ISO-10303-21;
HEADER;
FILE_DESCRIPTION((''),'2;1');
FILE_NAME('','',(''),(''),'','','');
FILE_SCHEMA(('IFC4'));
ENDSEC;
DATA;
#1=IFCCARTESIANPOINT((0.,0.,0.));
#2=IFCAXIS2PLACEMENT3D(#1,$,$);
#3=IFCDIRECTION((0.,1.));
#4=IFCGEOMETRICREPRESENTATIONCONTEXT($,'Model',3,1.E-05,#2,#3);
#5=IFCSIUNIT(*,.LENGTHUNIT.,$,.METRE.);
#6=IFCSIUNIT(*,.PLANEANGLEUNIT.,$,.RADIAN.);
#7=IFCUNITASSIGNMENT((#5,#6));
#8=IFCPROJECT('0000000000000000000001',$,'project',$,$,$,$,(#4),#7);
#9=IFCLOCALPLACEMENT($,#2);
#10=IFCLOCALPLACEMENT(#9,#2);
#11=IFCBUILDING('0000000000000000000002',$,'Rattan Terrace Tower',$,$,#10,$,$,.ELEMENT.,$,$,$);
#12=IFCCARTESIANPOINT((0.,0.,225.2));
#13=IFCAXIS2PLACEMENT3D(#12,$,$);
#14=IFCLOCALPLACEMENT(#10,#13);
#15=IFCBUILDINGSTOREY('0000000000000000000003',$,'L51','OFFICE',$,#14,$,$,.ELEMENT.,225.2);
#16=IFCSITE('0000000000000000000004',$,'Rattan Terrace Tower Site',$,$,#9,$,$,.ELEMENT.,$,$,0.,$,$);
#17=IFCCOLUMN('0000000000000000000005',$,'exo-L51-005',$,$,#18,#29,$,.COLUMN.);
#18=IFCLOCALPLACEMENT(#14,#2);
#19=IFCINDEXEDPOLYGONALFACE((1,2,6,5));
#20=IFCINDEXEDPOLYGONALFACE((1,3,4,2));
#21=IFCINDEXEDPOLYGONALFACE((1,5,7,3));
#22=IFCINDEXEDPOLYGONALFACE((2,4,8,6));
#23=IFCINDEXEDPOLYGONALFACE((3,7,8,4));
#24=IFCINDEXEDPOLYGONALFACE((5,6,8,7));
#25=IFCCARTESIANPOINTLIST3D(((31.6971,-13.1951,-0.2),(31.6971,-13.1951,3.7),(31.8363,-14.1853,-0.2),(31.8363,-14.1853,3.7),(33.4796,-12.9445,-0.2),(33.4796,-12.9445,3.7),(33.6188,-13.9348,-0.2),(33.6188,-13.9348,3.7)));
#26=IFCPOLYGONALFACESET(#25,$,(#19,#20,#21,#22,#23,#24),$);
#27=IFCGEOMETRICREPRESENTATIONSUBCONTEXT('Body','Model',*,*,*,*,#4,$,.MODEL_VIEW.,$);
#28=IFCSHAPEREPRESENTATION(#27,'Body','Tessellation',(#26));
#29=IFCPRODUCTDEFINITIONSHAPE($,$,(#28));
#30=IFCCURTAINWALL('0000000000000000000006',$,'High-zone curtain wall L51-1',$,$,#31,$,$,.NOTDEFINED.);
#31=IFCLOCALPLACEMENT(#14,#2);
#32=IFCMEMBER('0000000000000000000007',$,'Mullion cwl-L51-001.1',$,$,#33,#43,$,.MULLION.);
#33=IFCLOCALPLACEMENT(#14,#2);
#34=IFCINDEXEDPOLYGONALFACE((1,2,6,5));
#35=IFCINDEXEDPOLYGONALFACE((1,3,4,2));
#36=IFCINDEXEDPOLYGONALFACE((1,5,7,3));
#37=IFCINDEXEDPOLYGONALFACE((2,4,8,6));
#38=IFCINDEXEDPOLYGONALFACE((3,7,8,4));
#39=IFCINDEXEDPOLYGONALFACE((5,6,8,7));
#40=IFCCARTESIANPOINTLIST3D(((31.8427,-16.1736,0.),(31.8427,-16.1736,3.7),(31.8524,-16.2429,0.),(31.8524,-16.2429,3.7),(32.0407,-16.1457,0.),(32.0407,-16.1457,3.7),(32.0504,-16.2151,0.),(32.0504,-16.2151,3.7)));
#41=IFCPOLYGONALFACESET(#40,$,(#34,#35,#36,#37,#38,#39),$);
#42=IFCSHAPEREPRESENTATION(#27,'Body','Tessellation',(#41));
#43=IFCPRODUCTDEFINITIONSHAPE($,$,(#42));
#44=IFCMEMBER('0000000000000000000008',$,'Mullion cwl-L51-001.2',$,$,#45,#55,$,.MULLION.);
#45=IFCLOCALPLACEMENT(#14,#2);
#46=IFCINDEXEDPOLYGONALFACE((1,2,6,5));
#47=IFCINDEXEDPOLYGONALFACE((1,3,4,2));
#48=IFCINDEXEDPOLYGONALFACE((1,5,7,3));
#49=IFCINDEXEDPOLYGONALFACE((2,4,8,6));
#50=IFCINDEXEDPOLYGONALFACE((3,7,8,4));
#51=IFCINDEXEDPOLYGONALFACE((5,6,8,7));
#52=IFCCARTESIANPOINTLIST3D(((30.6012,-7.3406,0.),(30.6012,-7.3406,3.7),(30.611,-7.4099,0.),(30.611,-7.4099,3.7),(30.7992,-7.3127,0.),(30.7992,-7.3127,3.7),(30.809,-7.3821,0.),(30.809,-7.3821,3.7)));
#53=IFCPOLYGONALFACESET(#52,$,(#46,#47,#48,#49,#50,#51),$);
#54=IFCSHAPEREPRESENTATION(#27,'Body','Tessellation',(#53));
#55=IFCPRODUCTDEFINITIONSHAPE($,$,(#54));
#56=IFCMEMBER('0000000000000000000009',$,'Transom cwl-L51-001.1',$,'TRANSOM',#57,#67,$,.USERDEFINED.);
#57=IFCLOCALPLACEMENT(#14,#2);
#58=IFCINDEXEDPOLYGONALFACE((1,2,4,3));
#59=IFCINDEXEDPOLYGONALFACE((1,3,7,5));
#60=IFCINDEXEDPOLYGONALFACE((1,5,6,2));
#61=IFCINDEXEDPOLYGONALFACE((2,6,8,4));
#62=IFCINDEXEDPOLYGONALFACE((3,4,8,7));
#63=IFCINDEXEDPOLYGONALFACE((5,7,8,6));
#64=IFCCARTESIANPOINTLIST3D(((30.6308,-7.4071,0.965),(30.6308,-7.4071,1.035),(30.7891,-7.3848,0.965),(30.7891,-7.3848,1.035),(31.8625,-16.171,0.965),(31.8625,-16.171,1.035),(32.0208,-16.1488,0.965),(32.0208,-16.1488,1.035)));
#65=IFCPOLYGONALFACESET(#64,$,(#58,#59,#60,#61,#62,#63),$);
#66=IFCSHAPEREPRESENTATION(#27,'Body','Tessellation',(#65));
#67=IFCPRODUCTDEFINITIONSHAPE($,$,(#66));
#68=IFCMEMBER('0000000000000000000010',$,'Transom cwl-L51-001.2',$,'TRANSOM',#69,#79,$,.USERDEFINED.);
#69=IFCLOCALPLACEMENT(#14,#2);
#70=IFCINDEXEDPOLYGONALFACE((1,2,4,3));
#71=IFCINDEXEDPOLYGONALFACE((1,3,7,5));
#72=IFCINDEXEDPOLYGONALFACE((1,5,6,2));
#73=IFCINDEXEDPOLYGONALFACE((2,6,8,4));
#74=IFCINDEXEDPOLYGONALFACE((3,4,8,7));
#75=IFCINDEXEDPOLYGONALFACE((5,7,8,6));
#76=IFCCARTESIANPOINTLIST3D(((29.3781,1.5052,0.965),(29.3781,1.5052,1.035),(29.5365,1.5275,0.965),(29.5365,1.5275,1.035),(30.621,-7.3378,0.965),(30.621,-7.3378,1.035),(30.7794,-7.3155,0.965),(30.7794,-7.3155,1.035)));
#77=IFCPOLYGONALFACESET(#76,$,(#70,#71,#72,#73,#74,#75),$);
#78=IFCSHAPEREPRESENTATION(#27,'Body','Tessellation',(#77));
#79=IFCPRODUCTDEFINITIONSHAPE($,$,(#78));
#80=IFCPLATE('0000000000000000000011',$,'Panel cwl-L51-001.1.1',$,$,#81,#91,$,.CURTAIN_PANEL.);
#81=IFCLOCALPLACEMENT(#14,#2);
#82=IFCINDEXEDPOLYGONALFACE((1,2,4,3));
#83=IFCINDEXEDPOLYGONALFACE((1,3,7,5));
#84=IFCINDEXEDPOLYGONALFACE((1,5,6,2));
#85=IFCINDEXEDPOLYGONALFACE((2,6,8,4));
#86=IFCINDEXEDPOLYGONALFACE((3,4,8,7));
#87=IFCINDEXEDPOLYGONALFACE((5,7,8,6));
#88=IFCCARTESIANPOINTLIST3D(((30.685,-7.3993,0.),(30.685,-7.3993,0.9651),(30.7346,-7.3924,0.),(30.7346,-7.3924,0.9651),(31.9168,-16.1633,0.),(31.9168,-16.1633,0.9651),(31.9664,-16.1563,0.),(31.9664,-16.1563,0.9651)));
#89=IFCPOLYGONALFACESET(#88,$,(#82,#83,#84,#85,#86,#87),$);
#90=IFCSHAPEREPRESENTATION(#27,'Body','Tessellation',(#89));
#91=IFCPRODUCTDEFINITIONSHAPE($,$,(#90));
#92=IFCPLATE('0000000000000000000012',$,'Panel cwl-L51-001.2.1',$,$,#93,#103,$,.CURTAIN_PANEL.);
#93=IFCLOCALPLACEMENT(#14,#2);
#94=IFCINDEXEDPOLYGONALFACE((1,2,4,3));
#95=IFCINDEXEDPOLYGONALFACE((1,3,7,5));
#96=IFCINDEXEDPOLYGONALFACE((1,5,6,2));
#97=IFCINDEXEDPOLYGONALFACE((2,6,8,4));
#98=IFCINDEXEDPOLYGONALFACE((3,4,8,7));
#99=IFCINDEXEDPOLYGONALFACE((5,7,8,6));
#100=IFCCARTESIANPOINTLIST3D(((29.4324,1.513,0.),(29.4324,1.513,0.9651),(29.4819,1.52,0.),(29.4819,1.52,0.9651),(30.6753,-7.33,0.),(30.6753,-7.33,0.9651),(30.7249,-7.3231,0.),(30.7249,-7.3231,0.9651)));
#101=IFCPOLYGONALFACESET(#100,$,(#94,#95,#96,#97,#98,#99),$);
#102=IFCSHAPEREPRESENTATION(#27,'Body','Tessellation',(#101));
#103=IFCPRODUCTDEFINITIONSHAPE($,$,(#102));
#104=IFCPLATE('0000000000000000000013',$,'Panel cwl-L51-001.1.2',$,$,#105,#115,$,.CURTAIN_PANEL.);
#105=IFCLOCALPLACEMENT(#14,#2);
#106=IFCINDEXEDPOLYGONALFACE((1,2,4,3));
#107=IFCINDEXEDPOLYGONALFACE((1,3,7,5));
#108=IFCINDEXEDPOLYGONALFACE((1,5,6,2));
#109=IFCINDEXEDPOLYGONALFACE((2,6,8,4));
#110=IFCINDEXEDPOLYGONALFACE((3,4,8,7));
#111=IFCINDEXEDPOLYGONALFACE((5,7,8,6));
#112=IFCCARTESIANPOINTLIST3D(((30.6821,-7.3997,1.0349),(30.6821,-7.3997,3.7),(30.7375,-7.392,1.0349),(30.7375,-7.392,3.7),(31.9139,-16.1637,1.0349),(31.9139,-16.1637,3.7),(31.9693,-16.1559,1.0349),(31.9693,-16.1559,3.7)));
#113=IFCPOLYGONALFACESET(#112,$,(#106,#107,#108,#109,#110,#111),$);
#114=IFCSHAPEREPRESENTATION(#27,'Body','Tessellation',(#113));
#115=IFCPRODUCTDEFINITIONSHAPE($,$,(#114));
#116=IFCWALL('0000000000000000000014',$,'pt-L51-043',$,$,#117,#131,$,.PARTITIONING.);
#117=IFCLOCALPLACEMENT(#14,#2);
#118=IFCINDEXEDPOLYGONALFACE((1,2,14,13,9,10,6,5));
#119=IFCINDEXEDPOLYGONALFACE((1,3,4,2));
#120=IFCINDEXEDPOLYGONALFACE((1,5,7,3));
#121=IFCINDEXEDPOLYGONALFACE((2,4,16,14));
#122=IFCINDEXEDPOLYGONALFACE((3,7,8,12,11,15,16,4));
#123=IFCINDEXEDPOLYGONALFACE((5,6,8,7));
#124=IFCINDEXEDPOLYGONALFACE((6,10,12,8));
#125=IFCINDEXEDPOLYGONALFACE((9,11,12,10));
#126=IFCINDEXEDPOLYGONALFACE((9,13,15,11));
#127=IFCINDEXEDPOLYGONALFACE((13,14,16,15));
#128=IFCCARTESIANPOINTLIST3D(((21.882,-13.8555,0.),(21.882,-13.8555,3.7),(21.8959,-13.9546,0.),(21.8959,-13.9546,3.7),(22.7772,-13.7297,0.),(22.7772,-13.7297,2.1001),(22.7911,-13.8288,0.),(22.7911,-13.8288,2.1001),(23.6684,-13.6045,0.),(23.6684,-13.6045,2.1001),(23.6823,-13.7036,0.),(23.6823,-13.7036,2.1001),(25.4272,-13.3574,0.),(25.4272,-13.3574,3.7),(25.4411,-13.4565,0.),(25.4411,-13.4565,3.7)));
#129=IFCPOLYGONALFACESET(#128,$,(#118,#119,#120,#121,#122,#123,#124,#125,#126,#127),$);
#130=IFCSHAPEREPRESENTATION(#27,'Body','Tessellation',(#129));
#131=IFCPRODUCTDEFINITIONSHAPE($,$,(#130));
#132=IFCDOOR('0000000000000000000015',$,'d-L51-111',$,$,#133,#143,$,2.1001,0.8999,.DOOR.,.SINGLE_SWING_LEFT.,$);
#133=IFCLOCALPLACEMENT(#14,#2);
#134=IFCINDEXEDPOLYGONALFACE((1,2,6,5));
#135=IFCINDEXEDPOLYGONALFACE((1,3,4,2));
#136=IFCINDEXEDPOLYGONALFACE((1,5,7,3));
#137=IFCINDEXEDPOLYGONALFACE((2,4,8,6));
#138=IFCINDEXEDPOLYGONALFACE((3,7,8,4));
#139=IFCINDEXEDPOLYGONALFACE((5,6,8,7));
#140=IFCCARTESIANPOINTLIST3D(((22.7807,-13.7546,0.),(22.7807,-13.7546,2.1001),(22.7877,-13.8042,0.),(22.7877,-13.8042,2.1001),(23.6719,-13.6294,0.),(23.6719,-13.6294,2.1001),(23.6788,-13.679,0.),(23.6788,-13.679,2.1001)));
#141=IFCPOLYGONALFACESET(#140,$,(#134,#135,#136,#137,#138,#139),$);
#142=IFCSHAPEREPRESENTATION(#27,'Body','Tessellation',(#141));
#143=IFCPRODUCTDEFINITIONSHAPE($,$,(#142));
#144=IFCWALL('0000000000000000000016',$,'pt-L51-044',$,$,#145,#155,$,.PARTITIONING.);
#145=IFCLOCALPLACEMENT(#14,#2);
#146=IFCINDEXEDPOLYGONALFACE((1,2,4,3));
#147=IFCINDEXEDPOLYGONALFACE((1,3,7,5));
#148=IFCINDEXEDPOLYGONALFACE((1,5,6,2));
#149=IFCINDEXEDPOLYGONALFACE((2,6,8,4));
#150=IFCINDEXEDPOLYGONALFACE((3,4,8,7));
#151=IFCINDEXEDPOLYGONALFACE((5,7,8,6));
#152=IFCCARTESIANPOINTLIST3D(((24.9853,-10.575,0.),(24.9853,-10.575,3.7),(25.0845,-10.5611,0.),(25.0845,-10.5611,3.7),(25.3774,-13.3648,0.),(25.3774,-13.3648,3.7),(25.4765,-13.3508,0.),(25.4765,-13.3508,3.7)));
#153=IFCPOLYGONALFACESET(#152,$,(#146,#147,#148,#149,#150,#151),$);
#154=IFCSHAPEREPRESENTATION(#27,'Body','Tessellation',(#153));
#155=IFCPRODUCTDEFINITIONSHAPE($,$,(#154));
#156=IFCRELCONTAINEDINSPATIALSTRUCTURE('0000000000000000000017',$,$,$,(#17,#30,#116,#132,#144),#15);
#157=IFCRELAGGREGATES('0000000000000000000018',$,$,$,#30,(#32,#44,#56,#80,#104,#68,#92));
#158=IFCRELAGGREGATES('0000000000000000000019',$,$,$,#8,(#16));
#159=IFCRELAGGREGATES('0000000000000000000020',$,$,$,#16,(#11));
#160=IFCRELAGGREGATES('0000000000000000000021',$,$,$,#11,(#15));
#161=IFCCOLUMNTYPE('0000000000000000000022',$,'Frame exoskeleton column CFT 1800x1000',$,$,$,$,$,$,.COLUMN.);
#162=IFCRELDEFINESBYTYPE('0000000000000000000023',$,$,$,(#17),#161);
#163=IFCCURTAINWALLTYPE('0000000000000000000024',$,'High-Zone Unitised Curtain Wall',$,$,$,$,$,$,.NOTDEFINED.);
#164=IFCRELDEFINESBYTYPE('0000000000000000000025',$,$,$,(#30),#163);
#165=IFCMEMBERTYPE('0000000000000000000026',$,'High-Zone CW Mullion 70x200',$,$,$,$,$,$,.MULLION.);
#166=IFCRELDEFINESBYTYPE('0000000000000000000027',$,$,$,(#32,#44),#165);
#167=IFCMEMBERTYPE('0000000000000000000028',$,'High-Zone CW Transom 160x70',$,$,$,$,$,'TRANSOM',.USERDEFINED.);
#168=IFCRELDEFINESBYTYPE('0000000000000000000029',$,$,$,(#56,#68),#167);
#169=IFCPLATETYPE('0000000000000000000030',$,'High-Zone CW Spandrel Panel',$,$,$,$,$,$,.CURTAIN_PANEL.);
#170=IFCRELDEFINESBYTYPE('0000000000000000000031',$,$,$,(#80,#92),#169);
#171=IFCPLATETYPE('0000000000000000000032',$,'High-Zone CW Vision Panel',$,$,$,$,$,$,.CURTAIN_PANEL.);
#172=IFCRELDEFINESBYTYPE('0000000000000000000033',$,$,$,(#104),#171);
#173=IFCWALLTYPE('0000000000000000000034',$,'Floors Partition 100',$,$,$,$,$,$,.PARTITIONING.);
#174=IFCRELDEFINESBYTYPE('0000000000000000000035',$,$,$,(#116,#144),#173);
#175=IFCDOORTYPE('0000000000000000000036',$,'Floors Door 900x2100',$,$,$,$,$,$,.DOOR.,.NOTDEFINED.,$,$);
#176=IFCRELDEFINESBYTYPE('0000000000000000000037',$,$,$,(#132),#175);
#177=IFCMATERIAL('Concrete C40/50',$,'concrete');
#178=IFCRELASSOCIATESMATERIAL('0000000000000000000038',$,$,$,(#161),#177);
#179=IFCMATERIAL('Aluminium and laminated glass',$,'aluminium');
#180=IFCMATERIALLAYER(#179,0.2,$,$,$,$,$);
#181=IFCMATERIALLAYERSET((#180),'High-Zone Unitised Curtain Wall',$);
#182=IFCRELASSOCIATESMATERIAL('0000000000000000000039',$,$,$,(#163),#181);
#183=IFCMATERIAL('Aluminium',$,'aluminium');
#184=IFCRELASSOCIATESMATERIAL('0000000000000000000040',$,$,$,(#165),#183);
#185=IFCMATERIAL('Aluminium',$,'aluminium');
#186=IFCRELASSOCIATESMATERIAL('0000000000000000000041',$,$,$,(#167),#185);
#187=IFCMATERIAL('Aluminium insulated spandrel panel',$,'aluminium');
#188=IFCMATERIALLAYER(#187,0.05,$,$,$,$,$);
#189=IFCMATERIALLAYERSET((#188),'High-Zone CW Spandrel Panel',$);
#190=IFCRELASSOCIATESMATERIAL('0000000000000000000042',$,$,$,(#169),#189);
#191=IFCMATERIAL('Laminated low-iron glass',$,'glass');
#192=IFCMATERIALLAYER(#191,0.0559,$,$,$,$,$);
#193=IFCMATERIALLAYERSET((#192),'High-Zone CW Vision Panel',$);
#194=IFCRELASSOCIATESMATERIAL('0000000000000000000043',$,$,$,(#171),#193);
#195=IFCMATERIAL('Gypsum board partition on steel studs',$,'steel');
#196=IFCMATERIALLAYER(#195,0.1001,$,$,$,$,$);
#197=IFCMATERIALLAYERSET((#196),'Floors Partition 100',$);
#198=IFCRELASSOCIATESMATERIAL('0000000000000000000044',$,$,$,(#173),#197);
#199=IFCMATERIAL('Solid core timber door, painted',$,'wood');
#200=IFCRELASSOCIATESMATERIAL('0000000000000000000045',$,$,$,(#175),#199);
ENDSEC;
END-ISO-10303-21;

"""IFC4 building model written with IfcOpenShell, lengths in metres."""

from ifc_helpers import new_model, si_unit, direction, frame, frame_2d, origin, origin_2d, place, context, subcontext, project, spatial, rectangle, extrude, material, layer, layer_set, material_profile, profile_set, type_object, element, fill, aggregate, save


model = new_model("IFC4")

# Units and contexts
model_context = context("Model", 3, precision=1e-05, world=origin(), true_north=direction((0.0, 1.0)))
body_context = subcontext(model_context, "Body", "Model", "MODEL_VIEW")
ifc_project = project(units=[si_unit("LENGTHUNIT", "METRE"), si_unit("PLANEANGLEUNIT", "RADIAN")], contexts=[model_context])

# Site, building, storey
site_placement = place(None, origin())
site = spatial("IfcSite", under=ifc_project, at=site_placement, Name="Rattan Terrace Tower Site", CompositionType="ELEMENT", RefElevation=0.0)
building_placement = place(site_placement, origin())
building = spatial("IfcBuilding", under=site, at=building_placement, Name="Rattan Terrace Tower", CompositionType="ELEMENT")
storey_placement = place(building_placement, frame((0.0, 0.0, 225.2)))
storey = spatial("IfcBuildingStorey", under=building, at=storey_placement, Name="L51", Description="OFFICE", CompositionType="ELEMENT", Elevation=225.2)

# Column
ifc_material_1 = material(Name="Concrete C40/50", Category="concrete")
ifc_material_profile_1 = material_profile(ifc_material_1, rectangle(XDim=1.0, YDim=1.8, at=origin_2d()), Name="CFT 1800x1000")
ifc_profile_set_1 = profile_set([ifc_material_profile_1], Name="Concrete C40/50")
column_type = type_object("IfcColumnType", Name="Frame exoskeleton column CFT 1800x1000", PredefinedType="COLUMN", material=ifc_profile_set_1)
column_placement = place(storey_placement, frame((32.658, -13.5649, -0.2), z_axis=(0.0, 0.0, 1.0), x_axis=(-0.13919, 0.990266, 0.0)))
element("IfcColumn", 1, at=column_placement, inside=storey, type_object=column_type, Name="exo-L51-005", PredefinedType="COLUMN", context=body_context, shape_type="SweptSolid", body=[
    extrude(rectangle(XDim=1.0, YDim=1.8, at=origin_2d()), origin(), (0.0, 0.0, 1.0), 3.8999),
])

# Curtain wall, members, plates
ifc_material_2 = material(Name="Aluminium and laminated glass", Category="aluminium")
ifc_layer_1 = layer(ifc_material_2, 0.2)
ifc_layer_set_1 = layer_set([ifc_layer_1], Name="High-Zone Unitised Curtain Wall")
curtain_wall_type = type_object("IfcCurtainWallType", Name="High-Zone Unitised Curtain Wall", PredefinedType="NOTDEFINED", material=ifc_layer_set_1)
curtain_wall_placement = place(storey_placement, origin())
curtain_wall = element("IfcCurtainWall", 2, at=curtain_wall_placement, inside=storey, type_object=curtain_wall_type, Name="High-zone curtain wall L51-1", PredefinedType="NOTDEFINED")
ifc_material_3 = material(Name="Aluminium", Category="aluminium")
ifc_material_profile_2 = material_profile(ifc_material_3, rectangle(XDim=0.0701, YDim=0.2, at=origin_2d()), Name="Aluminium 70x200")
ifc_profile_set_2 = profile_set([ifc_material_profile_2], Name="Aluminium")
member_type_1 = type_object("IfcMemberType", Name="High-Zone CW Mullion 70x200", PredefinedType="MULLION", material=ifc_profile_set_2)
member_1_placement = place(storey_placement, frame((31.9465, -16.1943, 0.0), z_axis=(0.0, 0.0, 1.0), x_axis=(-0.139186, 0.990266, 0.0)))
member_1 = element("IfcMember", 3, at=member_1_placement, type_object=member_type_1, Name="Mullion cwl-L51-001.1", PredefinedType="MULLION", context=body_context, shape_type="SweptSolid", body=[
    extrude(rectangle(XDim=0.0701, YDim=0.2, at=origin_2d()), origin(), (0.0, 0.0, 1.0), 3.7),
])
member_2_placement = place(storey_placement, frame((30.7051, -7.3613, 0.0), z_axis=(0.0, 0.0, 1.0), x_axis=(-0.139186, 0.990266, 0.0)))
member_2 = element("IfcMember", 4, at=member_2_placement, type_object=member_type_1, Name="Mullion cwl-L51-001.2", PredefinedType="MULLION", context=body_context, shape_type="SweptSolid", body=[
    extrude(rectangle(XDim=0.0701, YDim=0.2, at=origin_2d()), origin(), (0.0, 0.0, 1.0), 3.7),
])
ifc_material_4 = material(Name="Aluminium", Category="aluminium")
ifc_material_profile_3 = material_profile(ifc_material_4, rectangle(XDim=0.1599, YDim=0.0701, at=origin_2d()), Name="Aluminium 160x70")
ifc_profile_set_3 = profile_set([ifc_material_profile_3], Name="Aluminium")
member_type_2 = type_object("IfcMemberType", Name="High-Zone CW Transom 160x70", ElementType="TRANSOM", PredefinedType="USERDEFINED", material=ifc_profile_set_3)
member_3_placement = place(storey_placement, frame((31.9417, -16.1599, 1.0), z_axis=(-0.139173, 0.990268, 0.0), x_axis=(-0.990268, -0.139173, 0.0)))
member_3 = element("IfcMember", 5, at=member_3_placement, type_object=member_type_2, Name="Transom cwl-L51-001.1", ObjectType="TRANSOM", PredefinedType="USERDEFINED", context=body_context, shape_type="SweptSolid", body=[
    extrude(rectangle(XDim=0.1599, YDim=0.0701, at=origin_2d()), origin(), (0.0, 0.0, 1.0), 8.8501),
])
member_4_placement = place(storey_placement, frame((30.7002, -7.3267, 1.0), z_axis=(-0.139186, 0.990266, 0.0), x_axis=(-0.990266, -0.139186, 0.0)))
member_4 = element("IfcMember", 6, at=member_4_placement, type_object=member_type_2, Name="Transom cwl-L51-001.2", ObjectType="TRANSOM", PredefinedType="USERDEFINED", context=body_context, shape_type="SweptSolid", body=[
    extrude(rectangle(XDim=0.1599, YDim=0.0701, at=origin_2d()), origin(), (0.0, 0.0, 1.0), 8.9299),
])
ifc_material_5 = material(Name="Aluminium insulated spandrel panel", Category="aluminium")
ifc_layer_2 = layer(ifc_material_5, 0.05)
ifc_layer_set_2 = layer_set([ifc_layer_2], Name="High-Zone CW Spandrel Panel")
plate_type_1 = type_object("IfcPlateType", Name="High-Zone CW Spandrel Panel", PredefinedType="CURTAIN_PANEL", material=ifc_layer_set_2)
plate_1_placement = place(storey_placement, frame((31.3257, -11.7778, 0.0), z_axis=(0.0, 0.0, 1.0), x_axis=(-0.139186, 0.990266, 0.0)))
plate_1 = element("IfcPlate", 7, at=plate_1_placement, type_object=plate_type_1, Name="Panel cwl-L51-001.1.1", PredefinedType="CURTAIN_PANEL", context=body_context, shape_type="SweptSolid", body=[
    extrude(rectangle(XDim=8.8501, YDim=0.05, at=origin_2d()), origin(), (0.0, 0.0, 1.0), 0.9651),
])
plate_2_placement = place(storey_placement, frame((30.0786, -2.905, 0.0), z_axis=(0.0, 0.0, 1.0), x_axis=(-0.139186, 0.990266, 0.0)))
plate_2 = element("IfcPlate", 8, at=plate_2_placement, type_object=plate_type_1, Name="Panel cwl-L51-001.2.1", PredefinedType="CURTAIN_PANEL", context=body_context, shape_type="SweptSolid", body=[
    extrude(rectangle(XDim=8.9299, YDim=0.05, at=origin_2d()), origin(), (0.0, 0.0, 1.0), 0.9651),
])
ifc_material_6 = material(Name="Laminated low-iron glass", Category="glass")
ifc_layer_3 = layer(ifc_material_6, 0.0559)
ifc_layer_set_3 = layer_set([ifc_layer_3], Name="High-Zone CW Vision Panel")
plate_type_2 = type_object("IfcPlateType", Name="High-Zone CW Vision Panel", PredefinedType="CURTAIN_PANEL", material=ifc_layer_set_3)
plate_3_placement = place(storey_placement, frame((31.3257, -11.7778, 1.0349), z_axis=(0.0, 0.0, 1.0), x_axis=(-0.139186, 0.990266, 0.0)))
plate_3 = element("IfcPlate", 9, at=plate_3_placement, type_object=plate_type_2, Name="Panel cwl-L51-001.1.2", PredefinedType="CURTAIN_PANEL", context=body_context, shape_type="SweptSolid", body=[
    extrude(rectangle(XDim=8.8501, YDim=0.0559, at=origin_2d()), origin(), (0.0, 0.0, 1.0), 2.665),
])
aggregate(curtain_wall, [member_1, member_2, member_3, plate_1, plate_3, member_4, plate_2])

# Wall, opening, door
ifc_material_7 = material(Name="Gypsum board partition on steel studs", Category="steel")
ifc_layer_4 = layer(ifc_material_7, 0.1001)
ifc_layer_set_4 = layer_set([ifc_layer_4], Name="Floors Partition 100")
wall_type_1 = type_object("IfcWallType", Name="Floors Partition 100", PredefinedType="PARTITIONING", material=ifc_layer_set_4)
wall_1_placement = place(storey_placement, frame((21.8889, -13.905, 0.0), z_axis=(0.0, 0.0, 1.0), x_axis=(0.990276, 0.13912, 0.0)))
wall_1 = element("IfcWall", 10, at=wall_1_placement, inside=storey, type_object=wall_type_1, Name="pt-L51-043", PredefinedType="PARTITIONING", context=body_context, shape_type="SweptSolid", body=[
    extrude(rectangle(XDim=3.5801, YDim=0.1001, at=frame_2d((1.79, 0.0))), origin(), (0.0, 0.0, 1.0), 3.7),
])
opening_1_placement = place(wall_1_placement, frame((0.9041, 0.0, 0.0)))
opening_1 = element("IfcOpeningElement", 11, at=opening_1_placement, cuts=wall_1, PredefinedType="OPENING", context=body_context, shape_type="SweptSolid", body=[
    extrude(rectangle(XDim=0.8999, YDim=2.1001, at=frame_2d((0.45, 1.05))), frame((0.0, 0.0605, 0.0), z_axis=(0.0, -1.0, 0.0), x_axis=(1.0, 0.0, 0.0)), (0.0, 0.0, 1.0), 0.1211),
])
ifc_material_8 = material(Name="Solid core timber door, painted", Category="wood")
door_type_1 = type_object("IfcDoorType", Name="Floors Door 900x2100", OperationType="NOTDEFINED", PredefinedType="DOOR", material=ifc_material_8)
door_1_placement = place(opening_1_placement, origin())
door_1 = element("IfcDoor", 12, at=door_1_placement, inside=storey, type_object=door_type_1, Name="d-L51-111", OperationType="SINGLE_SWING_LEFT", OverallHeight=2.1001, OverallWidth=0.8999, PredefinedType="DOOR", context=body_context, shape_type="SweptSolid", body=[
    extrude(rectangle(XDim=0.8999, YDim=2.1001, at=frame_2d((0.45, 1.05))), frame((0.0, 0.0249, 0.0), z_axis=(0.0, -1.0, 0.0), x_axis=(1.0, 0.0, 0.0)), (0.0, 0.0, 1.0), 0.05),
])
fill(opening_1, door_1)

# Wall
wall_2_placement = place(storey_placement, frame((25.427, -13.3579, 0.0), z_axis=(0.0, 0.0, 1.0), x_axis=(-0.139176, 0.990268, 0.0)))
element("IfcWall", 13, at=wall_2_placement, inside=storey, type_object=wall_type_1, Name="pt-L51-044", PredefinedType="PARTITIONING", context=body_context, shape_type="SweptSolid", body=[
    extrude(rectangle(XDim=2.8171, YDim=0.1001, at=frame_2d((1.4087, 0.0))), origin(), (0.0, 0.0, 1.0), 3.7),
])

save(model, "model.ifc")
